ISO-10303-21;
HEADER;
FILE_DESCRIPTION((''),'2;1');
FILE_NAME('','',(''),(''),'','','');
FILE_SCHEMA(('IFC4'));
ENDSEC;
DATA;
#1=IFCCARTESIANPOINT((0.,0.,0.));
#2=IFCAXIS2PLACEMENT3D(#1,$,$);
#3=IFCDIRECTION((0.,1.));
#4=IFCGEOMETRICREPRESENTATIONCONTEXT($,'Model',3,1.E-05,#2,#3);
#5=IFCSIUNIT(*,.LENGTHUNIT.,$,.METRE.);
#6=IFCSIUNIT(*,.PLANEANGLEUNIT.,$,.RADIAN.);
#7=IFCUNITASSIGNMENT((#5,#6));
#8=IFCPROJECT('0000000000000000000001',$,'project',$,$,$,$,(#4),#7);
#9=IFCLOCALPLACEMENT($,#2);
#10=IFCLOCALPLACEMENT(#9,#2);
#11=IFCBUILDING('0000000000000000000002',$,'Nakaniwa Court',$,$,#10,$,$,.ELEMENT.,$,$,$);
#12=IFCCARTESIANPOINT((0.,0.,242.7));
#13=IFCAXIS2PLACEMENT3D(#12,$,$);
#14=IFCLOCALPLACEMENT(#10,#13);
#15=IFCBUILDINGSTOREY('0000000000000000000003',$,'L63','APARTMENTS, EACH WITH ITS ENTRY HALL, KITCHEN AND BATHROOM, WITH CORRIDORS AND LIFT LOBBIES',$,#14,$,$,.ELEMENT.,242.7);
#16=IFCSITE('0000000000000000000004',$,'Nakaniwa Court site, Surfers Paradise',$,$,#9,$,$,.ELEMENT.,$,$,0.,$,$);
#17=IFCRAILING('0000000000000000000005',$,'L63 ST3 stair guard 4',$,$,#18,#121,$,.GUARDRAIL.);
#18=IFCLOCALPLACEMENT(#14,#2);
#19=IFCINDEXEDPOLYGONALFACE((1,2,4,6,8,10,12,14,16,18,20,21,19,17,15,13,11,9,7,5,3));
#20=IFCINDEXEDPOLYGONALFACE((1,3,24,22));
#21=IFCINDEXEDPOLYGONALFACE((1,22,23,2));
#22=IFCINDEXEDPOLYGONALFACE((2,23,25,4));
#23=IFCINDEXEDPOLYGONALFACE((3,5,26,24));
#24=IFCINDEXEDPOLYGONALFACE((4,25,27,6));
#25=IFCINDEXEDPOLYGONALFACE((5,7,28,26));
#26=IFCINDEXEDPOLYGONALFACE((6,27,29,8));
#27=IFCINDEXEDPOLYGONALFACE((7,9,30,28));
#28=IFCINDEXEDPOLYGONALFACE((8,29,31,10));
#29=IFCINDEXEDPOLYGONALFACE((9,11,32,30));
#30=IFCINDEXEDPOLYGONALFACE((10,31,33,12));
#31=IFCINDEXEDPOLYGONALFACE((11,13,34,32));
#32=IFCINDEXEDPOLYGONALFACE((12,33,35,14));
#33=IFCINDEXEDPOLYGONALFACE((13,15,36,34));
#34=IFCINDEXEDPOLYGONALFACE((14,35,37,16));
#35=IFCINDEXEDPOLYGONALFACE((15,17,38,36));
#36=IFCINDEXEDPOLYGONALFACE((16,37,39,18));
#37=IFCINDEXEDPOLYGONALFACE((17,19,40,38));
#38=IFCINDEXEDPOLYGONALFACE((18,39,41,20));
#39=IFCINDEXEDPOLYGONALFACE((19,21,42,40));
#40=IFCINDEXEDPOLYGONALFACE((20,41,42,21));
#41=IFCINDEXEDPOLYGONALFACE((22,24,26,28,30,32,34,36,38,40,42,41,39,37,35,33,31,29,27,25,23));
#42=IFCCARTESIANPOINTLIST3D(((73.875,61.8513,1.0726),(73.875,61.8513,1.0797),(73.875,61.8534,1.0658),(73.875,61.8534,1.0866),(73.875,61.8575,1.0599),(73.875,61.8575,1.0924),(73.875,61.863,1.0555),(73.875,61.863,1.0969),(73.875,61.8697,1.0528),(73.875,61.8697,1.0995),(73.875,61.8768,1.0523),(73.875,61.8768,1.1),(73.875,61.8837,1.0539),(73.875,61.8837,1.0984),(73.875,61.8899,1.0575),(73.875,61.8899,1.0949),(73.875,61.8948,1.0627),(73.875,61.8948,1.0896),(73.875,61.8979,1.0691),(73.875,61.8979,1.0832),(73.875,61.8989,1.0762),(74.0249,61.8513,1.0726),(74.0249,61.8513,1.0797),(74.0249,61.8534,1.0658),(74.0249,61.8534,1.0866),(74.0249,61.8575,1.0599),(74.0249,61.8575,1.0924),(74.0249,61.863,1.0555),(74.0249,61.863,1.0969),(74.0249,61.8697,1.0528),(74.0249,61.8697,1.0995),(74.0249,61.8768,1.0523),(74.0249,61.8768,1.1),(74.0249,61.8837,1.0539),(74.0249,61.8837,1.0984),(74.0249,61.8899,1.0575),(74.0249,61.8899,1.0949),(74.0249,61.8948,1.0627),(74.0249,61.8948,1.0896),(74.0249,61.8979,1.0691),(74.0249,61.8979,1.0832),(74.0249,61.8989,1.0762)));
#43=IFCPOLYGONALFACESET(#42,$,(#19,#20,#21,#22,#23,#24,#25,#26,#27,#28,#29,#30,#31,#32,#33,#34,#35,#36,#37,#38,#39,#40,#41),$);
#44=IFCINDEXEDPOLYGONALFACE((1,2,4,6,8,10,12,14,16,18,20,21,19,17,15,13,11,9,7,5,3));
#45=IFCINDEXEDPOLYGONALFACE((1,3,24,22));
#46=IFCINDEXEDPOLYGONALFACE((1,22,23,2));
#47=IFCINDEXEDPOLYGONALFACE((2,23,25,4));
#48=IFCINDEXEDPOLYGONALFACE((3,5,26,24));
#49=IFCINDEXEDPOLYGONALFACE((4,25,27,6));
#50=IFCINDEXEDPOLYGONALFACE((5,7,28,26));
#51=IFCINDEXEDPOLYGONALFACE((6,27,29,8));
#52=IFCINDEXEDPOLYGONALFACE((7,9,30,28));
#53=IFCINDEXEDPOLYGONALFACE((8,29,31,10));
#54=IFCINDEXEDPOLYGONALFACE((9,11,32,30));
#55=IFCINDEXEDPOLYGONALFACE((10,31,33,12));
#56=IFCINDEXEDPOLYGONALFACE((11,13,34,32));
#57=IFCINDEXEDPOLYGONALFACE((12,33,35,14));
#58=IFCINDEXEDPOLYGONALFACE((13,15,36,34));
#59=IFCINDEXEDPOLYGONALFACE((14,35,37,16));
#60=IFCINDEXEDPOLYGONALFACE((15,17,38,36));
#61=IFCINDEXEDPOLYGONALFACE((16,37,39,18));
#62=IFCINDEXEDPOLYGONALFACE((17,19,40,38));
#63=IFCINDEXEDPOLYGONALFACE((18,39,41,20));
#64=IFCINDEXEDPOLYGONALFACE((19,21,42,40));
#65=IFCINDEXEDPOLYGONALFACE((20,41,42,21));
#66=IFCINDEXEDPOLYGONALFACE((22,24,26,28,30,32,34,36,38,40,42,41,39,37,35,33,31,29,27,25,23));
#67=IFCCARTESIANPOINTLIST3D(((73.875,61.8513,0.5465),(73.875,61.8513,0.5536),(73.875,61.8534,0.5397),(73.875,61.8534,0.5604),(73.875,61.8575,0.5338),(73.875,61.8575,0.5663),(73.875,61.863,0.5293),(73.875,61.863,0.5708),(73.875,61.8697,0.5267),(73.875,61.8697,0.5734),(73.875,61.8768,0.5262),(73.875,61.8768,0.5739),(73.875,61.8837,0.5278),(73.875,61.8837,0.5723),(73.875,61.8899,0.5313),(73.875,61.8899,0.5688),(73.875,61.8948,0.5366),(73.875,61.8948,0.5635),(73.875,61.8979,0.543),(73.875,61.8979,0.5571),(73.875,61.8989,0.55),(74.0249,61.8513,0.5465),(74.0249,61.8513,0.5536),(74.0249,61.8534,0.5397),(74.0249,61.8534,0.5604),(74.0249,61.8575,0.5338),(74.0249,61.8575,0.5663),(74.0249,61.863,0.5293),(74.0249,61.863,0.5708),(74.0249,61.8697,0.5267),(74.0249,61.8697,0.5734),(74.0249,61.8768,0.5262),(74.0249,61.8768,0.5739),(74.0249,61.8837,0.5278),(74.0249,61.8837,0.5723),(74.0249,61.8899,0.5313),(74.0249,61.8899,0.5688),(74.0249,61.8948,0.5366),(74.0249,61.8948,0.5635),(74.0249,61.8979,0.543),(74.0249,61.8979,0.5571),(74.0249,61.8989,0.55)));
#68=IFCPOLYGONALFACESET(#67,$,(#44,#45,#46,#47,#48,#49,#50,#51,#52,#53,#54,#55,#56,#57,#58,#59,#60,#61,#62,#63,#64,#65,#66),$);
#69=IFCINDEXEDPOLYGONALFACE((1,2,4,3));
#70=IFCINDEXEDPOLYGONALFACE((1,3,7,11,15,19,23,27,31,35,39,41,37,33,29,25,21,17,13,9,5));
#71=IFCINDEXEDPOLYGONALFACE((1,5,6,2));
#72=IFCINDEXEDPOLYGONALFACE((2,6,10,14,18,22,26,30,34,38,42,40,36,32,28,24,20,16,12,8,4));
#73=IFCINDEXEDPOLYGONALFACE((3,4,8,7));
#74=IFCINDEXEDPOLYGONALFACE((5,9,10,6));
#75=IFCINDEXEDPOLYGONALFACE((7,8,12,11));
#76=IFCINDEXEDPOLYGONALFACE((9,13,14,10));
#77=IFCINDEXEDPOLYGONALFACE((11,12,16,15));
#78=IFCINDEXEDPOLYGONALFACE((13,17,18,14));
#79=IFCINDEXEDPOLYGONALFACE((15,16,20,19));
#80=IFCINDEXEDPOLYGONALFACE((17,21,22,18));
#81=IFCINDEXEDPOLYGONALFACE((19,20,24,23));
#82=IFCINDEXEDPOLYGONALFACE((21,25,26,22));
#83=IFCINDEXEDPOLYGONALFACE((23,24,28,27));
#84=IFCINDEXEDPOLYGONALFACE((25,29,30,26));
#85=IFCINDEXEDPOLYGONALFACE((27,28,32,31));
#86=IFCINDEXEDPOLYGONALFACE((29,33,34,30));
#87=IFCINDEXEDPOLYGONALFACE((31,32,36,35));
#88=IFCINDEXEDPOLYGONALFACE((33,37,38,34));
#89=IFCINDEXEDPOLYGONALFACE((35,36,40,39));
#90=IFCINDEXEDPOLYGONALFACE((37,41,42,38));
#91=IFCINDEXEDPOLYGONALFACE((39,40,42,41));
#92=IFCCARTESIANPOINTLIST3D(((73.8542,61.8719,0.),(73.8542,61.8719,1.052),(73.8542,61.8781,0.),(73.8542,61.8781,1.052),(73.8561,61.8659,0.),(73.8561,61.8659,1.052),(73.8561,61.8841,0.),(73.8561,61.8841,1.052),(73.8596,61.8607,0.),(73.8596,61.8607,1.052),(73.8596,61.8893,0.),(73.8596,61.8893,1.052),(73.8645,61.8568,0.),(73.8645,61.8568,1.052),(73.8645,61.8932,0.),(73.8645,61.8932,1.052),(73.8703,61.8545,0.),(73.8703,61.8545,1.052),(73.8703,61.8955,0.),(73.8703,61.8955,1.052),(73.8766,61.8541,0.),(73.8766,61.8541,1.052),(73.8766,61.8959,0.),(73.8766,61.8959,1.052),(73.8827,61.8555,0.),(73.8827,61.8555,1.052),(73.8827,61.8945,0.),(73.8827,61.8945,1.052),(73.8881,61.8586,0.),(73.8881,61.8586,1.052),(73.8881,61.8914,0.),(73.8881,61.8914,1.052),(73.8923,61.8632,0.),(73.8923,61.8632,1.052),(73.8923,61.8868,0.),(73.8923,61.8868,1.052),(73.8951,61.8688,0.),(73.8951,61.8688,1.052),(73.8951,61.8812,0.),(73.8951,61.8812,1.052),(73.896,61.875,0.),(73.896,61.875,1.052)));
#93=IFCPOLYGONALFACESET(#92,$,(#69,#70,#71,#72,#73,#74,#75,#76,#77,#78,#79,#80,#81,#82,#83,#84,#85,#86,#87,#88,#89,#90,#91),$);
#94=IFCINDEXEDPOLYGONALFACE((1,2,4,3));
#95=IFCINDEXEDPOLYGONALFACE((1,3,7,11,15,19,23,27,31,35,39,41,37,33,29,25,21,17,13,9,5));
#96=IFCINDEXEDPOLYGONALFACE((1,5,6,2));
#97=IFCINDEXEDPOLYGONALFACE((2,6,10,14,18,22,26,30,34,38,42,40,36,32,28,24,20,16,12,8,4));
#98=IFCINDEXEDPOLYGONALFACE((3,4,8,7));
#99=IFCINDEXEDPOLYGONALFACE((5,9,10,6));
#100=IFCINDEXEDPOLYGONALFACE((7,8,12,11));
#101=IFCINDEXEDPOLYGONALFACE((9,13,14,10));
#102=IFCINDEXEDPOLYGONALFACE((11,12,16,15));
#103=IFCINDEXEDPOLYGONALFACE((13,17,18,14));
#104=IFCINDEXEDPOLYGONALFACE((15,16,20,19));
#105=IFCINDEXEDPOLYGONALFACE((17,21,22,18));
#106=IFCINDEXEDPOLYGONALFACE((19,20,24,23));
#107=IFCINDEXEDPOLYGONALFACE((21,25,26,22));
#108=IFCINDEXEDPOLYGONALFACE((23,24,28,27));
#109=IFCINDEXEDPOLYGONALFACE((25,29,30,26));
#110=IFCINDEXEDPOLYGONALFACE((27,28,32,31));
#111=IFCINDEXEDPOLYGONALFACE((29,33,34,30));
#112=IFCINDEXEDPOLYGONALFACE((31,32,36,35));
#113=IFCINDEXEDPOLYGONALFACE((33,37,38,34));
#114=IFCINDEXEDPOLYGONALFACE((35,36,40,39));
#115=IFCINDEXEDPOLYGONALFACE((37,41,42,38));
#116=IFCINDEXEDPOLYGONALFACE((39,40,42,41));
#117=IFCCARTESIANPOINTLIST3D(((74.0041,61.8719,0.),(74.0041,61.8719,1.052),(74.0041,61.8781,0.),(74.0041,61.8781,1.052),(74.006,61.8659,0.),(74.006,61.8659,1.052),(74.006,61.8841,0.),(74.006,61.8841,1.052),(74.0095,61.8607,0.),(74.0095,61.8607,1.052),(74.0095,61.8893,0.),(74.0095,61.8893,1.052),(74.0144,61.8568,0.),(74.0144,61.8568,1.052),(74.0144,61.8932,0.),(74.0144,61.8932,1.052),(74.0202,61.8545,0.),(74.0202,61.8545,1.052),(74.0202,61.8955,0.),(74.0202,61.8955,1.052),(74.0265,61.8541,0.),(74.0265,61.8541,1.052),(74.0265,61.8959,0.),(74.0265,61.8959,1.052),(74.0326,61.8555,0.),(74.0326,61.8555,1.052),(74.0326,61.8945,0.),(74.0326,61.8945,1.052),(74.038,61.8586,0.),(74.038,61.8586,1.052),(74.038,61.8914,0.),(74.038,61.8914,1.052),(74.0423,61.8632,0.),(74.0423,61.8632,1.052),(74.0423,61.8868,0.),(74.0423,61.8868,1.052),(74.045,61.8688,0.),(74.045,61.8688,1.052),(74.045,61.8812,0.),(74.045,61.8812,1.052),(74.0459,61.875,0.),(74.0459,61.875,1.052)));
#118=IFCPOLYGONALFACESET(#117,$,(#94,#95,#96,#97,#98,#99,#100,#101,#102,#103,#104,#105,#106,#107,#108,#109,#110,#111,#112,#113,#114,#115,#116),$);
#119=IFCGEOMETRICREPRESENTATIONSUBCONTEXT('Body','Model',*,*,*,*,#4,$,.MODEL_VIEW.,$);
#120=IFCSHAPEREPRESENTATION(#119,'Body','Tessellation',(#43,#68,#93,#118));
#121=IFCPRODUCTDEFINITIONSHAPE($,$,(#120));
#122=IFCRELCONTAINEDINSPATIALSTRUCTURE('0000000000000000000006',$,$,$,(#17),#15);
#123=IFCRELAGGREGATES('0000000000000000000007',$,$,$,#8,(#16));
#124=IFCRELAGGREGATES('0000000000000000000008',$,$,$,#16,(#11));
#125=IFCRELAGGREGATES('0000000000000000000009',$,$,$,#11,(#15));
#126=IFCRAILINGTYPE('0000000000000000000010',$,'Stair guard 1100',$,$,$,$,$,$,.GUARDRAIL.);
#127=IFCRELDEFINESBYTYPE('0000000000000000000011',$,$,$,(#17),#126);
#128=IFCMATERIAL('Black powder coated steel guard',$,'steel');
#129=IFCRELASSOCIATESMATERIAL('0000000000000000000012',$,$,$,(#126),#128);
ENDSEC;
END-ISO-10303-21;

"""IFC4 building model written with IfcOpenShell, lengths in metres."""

from ifc_helpers import new_model, si_unit, direction, frame, origin, origin_2d, place, context, subcontext, project, spatial, circle, extrude, material, type_object, element, save


model = new_model("IFC4")

# Units and contexts
model_context = context("Model", 3, precision=1e-05, world=origin(), true_north=direction((0.0, 1.0)))
body_context = subcontext(model_context, "Body", "Model", "MODEL_VIEW")
ifc_project = project(units=[si_unit("LENGTHUNIT", "METRE"), si_unit("PLANEANGLEUNIT", "RADIAN")], contexts=[model_context])

# Site, building, storey
site_placement = place(None, origin())
site = spatial("IfcSite", under=ifc_project, at=site_placement, Name="Nakaniwa Court site, Surfers Paradise", CompositionType="ELEMENT", RefElevation=0.0)
building_placement = place(site_placement, origin())
building = spatial("IfcBuilding", under=site, at=building_placement, Name="Nakaniwa Court", CompositionType="ELEMENT")
storey_placement = place(building_placement, frame((0.0, 0.0, 242.7)))
storey = spatial("IfcBuildingStorey", under=building, at=storey_placement, Name="L63", Description="APARTMENTS, EACH WITH ITS ENTRY HALL, KITCHEN AND BATHROOM, WITH CORRIDORS AND LIFT LOBBIES", CompositionType="ELEMENT", Elevation=242.7)

# Railing
ifc_material_1 = material(Name="Black powder coated steel guard", Category="steel")
railing_type_1 = type_object("IfcRailingType", Name="Stair guard 1100", PredefinedType="GUARDRAIL", material=ifc_material_1)
railing_1_placement = place(storey_placement, frame((73.875, 61.875, 0.0)))
element("IfcRailing", 1, at=railing_1_placement, inside=storey, type_object=railing_type_1, Name="L63 ST3 stair guard 4", PredefinedType="GUARDRAIL", context=body_context, shape_type="SweptSolid", body=[
    extrude(circle(Radius=0.0239, at=origin_2d()), frame((0.0, 0.0, 1.0762), z_axis=(1.0, 0.0, 0.0), x_axis=(0.0, 1.0, 0.0)), (0.0, 0.0, 1.0), 0.1499),
    extrude(circle(Radius=0.0239, at=origin_2d()), frame((0.0, 0.0, 0.55), z_axis=(1.0, 0.0, 0.0), x_axis=(0.0, 1.0, 0.0)), (0.0, 0.0, 1.0), 0.1499),
    extrude(circle(Radius=0.021, at=origin_2d()), origin(), (0.0, 0.0, 1.0), 1.052),
    extrude(circle(Radius=0.021, at=origin_2d()), frame((0.1499, 0.0, 0.0)), (0.0, 0.0, 1.0), 1.052),
])

save(model, "model.ifc")
